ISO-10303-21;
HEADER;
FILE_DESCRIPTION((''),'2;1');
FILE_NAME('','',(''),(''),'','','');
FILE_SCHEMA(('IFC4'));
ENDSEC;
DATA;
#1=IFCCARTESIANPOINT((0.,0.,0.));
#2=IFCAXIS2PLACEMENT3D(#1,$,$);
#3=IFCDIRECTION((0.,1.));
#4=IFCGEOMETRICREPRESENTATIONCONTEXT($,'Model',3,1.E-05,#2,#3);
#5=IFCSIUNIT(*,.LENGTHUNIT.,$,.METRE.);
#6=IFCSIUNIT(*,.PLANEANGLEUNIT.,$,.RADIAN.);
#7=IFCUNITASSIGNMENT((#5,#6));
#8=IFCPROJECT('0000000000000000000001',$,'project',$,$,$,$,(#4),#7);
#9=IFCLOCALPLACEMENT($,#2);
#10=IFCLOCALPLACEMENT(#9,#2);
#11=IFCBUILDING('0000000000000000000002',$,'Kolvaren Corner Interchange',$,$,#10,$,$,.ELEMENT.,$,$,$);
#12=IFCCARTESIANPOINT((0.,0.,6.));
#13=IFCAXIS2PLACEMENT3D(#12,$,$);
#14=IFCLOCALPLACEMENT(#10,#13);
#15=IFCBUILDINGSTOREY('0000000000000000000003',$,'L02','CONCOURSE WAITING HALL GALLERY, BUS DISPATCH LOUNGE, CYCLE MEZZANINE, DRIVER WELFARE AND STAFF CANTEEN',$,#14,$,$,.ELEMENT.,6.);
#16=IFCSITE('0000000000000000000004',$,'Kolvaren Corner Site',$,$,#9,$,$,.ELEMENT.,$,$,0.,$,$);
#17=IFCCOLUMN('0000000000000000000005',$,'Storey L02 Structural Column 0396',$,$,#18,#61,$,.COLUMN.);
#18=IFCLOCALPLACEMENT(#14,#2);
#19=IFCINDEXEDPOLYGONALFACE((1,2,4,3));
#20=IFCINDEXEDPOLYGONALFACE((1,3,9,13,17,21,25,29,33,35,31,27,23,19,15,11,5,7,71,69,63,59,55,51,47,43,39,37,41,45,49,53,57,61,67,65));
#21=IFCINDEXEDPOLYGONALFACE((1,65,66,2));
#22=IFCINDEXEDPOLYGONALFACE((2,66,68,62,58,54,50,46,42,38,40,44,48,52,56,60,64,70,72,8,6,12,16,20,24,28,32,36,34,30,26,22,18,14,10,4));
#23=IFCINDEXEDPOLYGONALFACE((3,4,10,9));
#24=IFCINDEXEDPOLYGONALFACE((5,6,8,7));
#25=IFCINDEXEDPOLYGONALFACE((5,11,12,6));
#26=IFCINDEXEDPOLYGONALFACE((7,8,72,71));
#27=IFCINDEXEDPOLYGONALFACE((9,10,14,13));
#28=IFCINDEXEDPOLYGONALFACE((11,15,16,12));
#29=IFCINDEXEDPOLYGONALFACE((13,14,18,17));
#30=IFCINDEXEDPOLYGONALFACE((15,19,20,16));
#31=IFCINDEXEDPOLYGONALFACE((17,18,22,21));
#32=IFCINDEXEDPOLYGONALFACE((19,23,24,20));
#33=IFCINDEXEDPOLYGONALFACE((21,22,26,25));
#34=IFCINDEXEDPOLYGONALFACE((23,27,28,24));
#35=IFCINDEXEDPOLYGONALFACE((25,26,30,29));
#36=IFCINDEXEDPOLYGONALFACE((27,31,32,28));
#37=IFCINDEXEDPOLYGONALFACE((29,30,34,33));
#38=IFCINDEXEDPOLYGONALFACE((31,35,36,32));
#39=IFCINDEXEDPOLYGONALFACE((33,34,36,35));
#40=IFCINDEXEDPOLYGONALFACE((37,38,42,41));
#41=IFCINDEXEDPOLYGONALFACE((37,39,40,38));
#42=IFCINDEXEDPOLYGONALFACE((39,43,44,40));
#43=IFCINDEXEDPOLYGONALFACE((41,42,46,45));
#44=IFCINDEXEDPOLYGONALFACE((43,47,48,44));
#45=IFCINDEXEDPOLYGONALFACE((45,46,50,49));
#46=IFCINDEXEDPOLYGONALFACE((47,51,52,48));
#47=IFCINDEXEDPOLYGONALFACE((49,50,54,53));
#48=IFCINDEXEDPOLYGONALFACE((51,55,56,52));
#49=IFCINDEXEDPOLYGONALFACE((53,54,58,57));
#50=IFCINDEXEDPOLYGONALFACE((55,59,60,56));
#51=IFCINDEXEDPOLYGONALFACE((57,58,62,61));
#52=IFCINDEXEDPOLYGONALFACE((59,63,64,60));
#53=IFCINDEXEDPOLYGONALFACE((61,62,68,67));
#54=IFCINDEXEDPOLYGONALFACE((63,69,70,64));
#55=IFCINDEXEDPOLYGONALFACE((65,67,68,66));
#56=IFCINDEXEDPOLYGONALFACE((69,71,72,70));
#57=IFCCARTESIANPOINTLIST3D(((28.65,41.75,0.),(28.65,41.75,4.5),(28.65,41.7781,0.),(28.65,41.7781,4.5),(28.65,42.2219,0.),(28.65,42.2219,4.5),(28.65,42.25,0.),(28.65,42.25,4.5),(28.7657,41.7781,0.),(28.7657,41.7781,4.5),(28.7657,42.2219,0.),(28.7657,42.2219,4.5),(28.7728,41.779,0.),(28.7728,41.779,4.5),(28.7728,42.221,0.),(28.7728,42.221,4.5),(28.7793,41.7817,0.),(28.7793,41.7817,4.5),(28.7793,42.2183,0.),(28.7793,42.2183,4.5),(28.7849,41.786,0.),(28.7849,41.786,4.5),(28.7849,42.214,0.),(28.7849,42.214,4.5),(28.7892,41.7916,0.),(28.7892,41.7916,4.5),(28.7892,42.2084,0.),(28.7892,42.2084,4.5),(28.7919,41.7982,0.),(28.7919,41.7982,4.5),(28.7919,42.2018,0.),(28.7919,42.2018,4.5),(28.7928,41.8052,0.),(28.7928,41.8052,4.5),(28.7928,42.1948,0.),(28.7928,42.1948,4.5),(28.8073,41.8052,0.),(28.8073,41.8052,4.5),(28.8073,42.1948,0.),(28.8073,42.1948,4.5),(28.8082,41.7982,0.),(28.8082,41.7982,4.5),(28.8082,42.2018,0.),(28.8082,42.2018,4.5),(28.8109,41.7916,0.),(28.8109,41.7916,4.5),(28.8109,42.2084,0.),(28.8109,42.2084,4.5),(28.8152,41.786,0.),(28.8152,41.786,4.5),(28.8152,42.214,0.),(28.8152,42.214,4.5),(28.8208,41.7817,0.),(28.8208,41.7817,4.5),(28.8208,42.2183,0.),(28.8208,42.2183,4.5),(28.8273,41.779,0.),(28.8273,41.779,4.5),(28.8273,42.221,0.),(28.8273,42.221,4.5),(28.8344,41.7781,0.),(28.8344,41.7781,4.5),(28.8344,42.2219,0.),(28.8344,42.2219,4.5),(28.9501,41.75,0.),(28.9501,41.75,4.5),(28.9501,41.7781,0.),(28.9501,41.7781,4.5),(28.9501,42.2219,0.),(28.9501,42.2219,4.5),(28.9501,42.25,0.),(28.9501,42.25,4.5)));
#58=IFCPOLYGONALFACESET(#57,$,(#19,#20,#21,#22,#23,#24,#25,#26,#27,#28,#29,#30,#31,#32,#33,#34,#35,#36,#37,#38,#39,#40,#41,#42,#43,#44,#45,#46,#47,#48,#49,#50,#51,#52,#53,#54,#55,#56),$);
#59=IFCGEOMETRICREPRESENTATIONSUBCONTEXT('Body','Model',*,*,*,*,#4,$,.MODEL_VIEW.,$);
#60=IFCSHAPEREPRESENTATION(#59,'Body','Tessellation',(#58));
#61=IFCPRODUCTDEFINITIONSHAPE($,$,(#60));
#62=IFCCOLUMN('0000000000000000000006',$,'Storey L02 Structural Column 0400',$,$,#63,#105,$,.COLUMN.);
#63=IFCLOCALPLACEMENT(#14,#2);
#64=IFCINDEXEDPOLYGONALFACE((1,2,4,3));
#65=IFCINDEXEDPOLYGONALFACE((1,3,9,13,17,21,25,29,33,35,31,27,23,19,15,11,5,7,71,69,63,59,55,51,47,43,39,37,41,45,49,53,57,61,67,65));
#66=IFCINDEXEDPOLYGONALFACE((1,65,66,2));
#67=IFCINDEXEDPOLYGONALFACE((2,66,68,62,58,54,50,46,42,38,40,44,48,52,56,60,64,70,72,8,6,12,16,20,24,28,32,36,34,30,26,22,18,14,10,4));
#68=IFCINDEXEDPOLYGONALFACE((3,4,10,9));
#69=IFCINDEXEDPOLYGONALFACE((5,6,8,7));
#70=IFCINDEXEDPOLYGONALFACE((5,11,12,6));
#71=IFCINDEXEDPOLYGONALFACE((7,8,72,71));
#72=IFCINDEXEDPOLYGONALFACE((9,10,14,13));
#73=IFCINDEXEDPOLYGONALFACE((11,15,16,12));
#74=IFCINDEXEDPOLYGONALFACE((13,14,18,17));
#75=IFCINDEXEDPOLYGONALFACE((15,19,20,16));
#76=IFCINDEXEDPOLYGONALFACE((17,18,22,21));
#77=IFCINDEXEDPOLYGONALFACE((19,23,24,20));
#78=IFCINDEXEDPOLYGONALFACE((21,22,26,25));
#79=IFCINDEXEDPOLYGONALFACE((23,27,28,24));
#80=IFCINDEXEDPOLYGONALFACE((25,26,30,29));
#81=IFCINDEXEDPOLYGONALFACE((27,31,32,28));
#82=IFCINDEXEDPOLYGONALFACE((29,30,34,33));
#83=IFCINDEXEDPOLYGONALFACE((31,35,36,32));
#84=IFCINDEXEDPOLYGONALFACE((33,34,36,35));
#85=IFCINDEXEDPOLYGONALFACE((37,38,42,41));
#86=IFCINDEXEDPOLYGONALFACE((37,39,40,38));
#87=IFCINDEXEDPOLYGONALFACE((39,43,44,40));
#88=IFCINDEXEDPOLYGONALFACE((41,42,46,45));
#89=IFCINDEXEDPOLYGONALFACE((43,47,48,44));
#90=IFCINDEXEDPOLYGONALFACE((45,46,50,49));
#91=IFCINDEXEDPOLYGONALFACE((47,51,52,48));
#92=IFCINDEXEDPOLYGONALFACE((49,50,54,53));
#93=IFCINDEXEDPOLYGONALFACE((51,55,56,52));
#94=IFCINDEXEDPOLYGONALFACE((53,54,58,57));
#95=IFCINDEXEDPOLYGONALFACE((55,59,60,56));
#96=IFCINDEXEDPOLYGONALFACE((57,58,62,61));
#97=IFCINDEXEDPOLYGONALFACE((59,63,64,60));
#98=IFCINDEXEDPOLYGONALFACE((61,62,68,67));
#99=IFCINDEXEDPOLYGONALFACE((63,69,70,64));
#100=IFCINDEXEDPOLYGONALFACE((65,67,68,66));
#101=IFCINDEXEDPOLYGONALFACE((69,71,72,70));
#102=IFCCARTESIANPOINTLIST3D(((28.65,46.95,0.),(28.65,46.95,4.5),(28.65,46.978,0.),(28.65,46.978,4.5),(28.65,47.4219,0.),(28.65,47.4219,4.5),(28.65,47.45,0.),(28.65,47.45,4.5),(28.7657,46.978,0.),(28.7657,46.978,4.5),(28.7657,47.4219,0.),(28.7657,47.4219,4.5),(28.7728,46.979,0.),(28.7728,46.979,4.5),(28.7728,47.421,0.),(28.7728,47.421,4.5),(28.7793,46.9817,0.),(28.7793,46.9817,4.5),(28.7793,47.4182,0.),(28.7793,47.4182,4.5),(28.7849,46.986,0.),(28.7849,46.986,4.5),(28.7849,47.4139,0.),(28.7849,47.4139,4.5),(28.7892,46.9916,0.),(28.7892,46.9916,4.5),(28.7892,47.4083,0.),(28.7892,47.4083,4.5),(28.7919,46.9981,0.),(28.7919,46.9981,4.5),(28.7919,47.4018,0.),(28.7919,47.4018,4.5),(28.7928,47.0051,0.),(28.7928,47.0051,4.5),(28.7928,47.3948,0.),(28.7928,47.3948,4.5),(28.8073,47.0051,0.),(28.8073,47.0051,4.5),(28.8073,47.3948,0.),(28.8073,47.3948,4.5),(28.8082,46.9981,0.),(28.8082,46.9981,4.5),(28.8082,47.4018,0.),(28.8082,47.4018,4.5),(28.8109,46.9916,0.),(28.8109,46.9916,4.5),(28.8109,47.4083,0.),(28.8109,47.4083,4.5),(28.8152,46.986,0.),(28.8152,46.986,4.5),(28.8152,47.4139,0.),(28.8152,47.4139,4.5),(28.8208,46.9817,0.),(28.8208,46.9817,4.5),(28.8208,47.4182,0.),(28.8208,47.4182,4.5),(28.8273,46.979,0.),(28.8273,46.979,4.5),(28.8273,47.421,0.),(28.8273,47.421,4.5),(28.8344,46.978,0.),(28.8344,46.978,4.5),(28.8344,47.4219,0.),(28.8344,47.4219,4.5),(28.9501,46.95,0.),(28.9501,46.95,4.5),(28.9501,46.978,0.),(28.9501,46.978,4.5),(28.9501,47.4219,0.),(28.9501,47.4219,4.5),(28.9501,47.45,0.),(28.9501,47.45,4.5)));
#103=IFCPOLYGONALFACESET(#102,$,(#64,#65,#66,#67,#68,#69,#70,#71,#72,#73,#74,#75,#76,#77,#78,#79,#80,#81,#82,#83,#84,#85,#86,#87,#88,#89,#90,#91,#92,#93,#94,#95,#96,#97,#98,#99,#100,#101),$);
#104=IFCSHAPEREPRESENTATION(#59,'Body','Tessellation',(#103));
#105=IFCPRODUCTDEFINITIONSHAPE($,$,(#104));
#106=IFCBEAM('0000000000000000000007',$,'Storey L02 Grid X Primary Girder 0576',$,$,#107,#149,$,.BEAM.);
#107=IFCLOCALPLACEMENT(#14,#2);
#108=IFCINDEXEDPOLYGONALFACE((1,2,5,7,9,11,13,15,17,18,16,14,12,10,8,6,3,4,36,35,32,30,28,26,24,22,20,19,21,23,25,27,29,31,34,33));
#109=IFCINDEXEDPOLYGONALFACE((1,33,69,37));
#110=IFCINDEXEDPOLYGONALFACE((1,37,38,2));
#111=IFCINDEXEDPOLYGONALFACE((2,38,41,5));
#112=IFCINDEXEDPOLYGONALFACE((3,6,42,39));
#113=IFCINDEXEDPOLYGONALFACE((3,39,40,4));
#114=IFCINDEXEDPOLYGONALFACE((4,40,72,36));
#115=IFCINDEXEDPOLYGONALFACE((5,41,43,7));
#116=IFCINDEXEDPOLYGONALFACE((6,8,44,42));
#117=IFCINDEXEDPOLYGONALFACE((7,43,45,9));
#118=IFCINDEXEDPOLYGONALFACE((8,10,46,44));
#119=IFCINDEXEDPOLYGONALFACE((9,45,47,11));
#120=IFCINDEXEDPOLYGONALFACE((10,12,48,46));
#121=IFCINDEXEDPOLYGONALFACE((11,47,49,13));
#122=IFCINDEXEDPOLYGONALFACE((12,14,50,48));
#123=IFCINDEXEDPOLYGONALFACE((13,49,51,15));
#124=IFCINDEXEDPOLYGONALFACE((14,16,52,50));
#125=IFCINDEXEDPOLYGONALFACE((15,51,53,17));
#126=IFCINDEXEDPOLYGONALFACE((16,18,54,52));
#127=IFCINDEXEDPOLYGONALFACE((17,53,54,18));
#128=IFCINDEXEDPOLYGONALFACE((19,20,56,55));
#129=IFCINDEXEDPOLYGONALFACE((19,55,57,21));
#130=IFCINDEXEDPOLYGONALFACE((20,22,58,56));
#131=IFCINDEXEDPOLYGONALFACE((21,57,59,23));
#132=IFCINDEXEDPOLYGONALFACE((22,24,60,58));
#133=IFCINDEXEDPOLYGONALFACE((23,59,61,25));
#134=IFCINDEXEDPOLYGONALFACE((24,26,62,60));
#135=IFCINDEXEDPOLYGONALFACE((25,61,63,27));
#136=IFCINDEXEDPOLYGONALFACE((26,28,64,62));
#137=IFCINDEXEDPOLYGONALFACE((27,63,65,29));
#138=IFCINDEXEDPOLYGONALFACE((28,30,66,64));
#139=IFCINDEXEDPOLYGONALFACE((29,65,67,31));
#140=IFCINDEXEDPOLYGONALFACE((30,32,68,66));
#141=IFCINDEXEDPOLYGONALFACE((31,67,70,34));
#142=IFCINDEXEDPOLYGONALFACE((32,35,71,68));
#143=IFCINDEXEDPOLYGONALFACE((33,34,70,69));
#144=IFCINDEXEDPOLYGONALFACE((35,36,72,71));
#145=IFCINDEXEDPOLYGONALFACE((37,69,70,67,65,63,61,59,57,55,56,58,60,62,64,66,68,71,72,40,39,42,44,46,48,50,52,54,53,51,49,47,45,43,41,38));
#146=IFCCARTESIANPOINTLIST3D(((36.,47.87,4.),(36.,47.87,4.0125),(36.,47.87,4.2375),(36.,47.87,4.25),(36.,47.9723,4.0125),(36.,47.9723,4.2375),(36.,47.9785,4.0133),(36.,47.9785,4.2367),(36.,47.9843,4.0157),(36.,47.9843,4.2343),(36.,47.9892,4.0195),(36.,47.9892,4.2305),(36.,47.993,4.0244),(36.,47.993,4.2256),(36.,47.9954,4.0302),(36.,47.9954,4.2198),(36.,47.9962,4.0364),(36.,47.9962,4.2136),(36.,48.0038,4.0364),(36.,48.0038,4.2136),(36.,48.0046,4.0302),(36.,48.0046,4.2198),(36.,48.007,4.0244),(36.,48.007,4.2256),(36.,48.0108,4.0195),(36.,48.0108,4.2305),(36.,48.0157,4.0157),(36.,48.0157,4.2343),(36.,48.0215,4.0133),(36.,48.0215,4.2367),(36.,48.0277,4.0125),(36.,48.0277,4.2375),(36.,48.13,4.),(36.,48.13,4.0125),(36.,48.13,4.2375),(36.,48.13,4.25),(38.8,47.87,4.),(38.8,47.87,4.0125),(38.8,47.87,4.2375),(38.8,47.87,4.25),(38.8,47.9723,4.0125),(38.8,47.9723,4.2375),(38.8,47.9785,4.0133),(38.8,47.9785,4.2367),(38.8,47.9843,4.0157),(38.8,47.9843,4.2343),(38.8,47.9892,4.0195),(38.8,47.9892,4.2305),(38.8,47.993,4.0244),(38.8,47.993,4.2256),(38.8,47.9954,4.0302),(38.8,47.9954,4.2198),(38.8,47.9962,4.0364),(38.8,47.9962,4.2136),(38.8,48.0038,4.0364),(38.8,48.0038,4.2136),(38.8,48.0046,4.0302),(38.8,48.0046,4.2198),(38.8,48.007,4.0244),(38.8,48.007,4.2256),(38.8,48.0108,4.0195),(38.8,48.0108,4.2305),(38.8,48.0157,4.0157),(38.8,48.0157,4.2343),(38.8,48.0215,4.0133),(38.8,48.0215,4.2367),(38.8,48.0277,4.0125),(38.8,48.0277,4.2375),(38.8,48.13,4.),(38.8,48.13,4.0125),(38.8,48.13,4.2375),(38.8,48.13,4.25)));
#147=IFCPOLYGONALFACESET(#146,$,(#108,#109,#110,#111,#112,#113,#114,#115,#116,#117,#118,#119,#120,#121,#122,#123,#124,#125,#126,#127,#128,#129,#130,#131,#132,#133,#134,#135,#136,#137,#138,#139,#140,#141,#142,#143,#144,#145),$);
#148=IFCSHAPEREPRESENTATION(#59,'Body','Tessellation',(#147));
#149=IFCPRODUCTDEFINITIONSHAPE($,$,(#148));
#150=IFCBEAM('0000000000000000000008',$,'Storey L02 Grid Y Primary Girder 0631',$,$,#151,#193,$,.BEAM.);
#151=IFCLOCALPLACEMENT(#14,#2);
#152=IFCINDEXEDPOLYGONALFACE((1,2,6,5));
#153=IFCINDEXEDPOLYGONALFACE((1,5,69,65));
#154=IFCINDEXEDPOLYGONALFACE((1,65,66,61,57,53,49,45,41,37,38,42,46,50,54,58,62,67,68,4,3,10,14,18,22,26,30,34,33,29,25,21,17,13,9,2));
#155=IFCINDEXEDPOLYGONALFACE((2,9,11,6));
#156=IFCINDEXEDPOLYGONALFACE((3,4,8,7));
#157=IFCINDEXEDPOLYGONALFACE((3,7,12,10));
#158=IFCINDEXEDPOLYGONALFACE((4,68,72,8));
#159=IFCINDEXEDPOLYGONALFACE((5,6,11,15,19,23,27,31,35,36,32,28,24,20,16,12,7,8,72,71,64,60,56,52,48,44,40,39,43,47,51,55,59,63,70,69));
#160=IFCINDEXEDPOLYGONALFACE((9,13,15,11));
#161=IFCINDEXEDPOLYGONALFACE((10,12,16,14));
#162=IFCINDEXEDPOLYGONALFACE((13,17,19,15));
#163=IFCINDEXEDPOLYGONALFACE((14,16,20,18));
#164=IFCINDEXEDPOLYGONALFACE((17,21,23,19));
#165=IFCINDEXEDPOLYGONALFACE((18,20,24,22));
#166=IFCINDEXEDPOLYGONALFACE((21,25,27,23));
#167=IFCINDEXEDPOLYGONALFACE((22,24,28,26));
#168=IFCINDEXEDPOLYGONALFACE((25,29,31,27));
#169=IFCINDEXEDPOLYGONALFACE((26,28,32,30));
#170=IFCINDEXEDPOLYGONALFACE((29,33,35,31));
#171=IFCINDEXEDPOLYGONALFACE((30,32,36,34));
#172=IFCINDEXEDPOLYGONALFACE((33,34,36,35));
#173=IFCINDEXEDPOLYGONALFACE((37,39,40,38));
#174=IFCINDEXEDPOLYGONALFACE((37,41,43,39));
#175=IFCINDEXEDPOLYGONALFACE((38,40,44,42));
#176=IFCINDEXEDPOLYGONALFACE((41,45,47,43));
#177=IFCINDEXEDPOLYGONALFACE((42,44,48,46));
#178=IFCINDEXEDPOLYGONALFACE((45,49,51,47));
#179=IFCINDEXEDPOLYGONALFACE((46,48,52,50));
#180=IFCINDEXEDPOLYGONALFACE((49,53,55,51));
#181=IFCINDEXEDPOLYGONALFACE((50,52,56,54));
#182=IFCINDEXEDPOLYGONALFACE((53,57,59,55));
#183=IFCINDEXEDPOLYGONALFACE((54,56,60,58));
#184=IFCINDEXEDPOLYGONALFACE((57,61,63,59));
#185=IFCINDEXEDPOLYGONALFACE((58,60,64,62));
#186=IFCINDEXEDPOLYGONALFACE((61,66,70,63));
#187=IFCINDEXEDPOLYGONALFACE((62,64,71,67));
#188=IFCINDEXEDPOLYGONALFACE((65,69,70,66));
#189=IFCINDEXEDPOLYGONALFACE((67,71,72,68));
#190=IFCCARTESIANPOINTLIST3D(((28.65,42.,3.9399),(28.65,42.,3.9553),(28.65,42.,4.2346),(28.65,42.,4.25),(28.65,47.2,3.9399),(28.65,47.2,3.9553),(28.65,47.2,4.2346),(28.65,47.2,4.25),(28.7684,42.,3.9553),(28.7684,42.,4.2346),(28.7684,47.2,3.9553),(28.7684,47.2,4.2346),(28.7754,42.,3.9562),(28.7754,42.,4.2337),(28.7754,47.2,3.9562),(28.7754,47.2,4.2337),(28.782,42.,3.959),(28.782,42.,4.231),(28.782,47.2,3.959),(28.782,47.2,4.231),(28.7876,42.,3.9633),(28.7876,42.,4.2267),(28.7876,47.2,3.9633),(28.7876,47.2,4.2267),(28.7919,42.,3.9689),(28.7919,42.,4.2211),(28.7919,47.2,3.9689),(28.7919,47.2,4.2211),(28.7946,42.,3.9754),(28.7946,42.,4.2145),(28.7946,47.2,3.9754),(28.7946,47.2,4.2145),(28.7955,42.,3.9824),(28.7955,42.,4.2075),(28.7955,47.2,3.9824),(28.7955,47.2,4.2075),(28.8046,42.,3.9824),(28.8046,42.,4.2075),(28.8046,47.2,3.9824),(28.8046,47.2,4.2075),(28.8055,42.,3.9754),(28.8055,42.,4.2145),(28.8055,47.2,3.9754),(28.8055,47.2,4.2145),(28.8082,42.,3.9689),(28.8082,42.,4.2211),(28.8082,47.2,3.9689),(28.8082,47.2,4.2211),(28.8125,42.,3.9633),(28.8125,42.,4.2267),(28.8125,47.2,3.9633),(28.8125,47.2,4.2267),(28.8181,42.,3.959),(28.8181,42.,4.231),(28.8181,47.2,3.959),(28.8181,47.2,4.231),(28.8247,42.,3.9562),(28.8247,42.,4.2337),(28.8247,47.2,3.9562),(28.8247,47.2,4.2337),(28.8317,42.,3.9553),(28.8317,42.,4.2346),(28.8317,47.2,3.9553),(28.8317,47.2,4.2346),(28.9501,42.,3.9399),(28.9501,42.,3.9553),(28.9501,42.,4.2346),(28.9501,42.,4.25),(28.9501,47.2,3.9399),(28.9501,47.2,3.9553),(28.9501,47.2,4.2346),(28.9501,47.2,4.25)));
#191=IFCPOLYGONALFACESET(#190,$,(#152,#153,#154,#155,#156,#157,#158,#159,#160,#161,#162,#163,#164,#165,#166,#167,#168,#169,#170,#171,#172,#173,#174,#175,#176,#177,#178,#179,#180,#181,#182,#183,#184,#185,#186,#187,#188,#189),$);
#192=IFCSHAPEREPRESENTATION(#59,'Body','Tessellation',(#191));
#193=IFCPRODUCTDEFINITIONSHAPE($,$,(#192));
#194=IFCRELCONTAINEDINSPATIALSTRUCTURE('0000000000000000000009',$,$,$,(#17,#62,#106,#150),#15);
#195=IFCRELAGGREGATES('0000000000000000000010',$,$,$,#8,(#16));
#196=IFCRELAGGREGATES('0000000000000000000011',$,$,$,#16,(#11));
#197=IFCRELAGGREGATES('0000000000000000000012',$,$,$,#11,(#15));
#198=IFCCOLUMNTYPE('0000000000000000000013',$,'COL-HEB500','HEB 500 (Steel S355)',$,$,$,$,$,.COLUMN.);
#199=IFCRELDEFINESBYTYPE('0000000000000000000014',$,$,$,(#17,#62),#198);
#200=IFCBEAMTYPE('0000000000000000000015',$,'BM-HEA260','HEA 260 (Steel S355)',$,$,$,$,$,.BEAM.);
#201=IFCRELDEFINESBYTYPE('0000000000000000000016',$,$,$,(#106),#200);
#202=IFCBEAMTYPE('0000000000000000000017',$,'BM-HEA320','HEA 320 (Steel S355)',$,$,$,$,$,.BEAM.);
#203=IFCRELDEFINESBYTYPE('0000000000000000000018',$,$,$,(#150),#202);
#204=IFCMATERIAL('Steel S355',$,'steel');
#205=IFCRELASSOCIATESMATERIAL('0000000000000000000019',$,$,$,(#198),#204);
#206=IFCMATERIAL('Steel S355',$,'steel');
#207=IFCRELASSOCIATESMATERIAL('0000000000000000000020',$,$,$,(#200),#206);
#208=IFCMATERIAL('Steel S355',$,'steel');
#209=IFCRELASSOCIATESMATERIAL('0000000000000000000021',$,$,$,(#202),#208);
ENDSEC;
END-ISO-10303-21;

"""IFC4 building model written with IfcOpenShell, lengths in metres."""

from ifc_helpers import new_model, si_unit, direction, frame, origin, origin_2d, place, context, subcontext, project, spatial, i_section, extrude, material, material_profile, profile_set, type_object, element, save


model = new_model("IFC4")

# Units and contexts
model_context = context("Model", 3, precision=1e-05, world=origin(), true_north=direction((0.0, 1.0)))
body_context = subcontext(model_context, "Body", "Model", "MODEL_VIEW")
ifc_project = project(units=[si_unit("LENGTHUNIT", "METRE"), si_unit("PLANEANGLEUNIT", "RADIAN")], contexts=[model_context])

# Site, building, storey
site_placement = place(None, origin())
site = spatial("IfcSite", under=ifc_project, at=site_placement, Name="Kolvaren Corner Site", CompositionType="ELEMENT", RefElevation=0.0)
building_placement = place(site_placement, origin())
building = spatial("IfcBuilding", under=site, at=building_placement, Name="Kolvaren Corner Interchange", CompositionType="ELEMENT")
storey_placement = place(building_placement, frame((0.0, 0.0, 6.0)))
storey = spatial("IfcBuildingStorey", under=building, at=storey_placement, Name="L02", Description="CONCOURSE WAITING HALL GALLERY, BUS DISPATCH LOUNGE, CYCLE MEZZANINE, DRIVER WELFARE AND STAFF CANTEEN", CompositionType="ELEMENT", Elevation=6.0)

# Columns
ifc_material_1 = material(Name="Steel S355", Category="steel")
ifc_material_profile_1 = material_profile(ifc_material_1, i_section(OverallWidth=0.3, OverallDepth=0.5, WebThickness=0.0144, FlangeThickness=0.0281, FilletRadius=0.0271, at=origin_2d()), Name="HEB 500")
ifc_profile_set_1 = profile_set([ifc_material_profile_1], Name="Steel S355")
column_type_1 = type_object("IfcColumnType", Name="COL-HEB500", Description="HEB 500 (Steel S355)", PredefinedType="COLUMN", material=ifc_profile_set_1)
for number, where, z_axis, x_axis, name in (
    (1, (28.8, 42.0, 0.0), (0.0, 0.0, 1.0), (1.0, 0.0, 0.0), "Storey L02 Structural Column 0396"),
    (2, (28.8, 47.2, 0.0), (0.0, 0.0, 1.0), (1.0, 0.0, 0.0), "Storey L02 Structural Column 0400"),
):
    element("IfcColumn", number, at=place(storey_placement, frame(where, z_axis=z_axis, x_axis=x_axis)), inside=storey, type_object=column_type_1, Name=name, PredefinedType="COLUMN", context=body_context, shape_type="SweptSolid", body=[
        extrude(i_section(OverallWidth=0.3, OverallDepth=0.5, WebThickness=0.0144, FlangeThickness=0.0281, FilletRadius=0.0271, at=origin_2d()), origin(), (0.0, 0.0, 1.0), 4.5),
    ])

# Beams
ifc_material_2 = material(Name="Steel S355", Category="steel")
ifc_material_profile_2 = material_profile(ifc_material_2, i_section(OverallWidth=0.26, OverallDepth=0.25, WebThickness=0.0076, FlangeThickness=0.0125, FilletRadius=0.0239, at=origin_2d()), Name="HEA 260")
ifc_profile_set_2 = profile_set([ifc_material_profile_2], Name="Steel S355")
beam_type_1 = type_object("IfcBeamType", Name="BM-HEA260", Description="HEA 260 (Steel S355)", PredefinedType="BEAM", material=ifc_profile_set_2)
beam_1_placement = place(storey_placement, frame((36.0, 48.0, 4.125), z_axis=(1.0, 0.0, 0.0), x_axis=(0.0, 1.0, 0.0)))
element("IfcBeam", 3, at=beam_1_placement, inside=storey, type_object=beam_type_1, Name="Storey L02 Grid X Primary Girder 0576", PredefinedType="BEAM", context=body_context, shape_type="SweptSolid", body=[
    extrude(i_section(OverallWidth=0.26, OverallDepth=0.25, WebThickness=0.0076, FlangeThickness=0.0125, FilletRadius=0.0239, at=origin_2d()), origin(), (0.0, 0.0, 1.0), 2.8),
])
ifc_material_3 = material(Name="Steel S355", Category="steel")
ifc_material_profile_3 = material_profile(ifc_material_3, i_section(OverallWidth=0.3, OverallDepth=0.3101, WebThickness=0.009, FlangeThickness=0.0154, FilletRadius=0.0271, at=origin_2d()), Name="HEA 320")
ifc_profile_set_3 = profile_set([ifc_material_profile_3], Name="Steel S355")
beam_type_2 = type_object("IfcBeamType", Name="BM-HEA320", Description="HEA 320 (Steel S355)", PredefinedType="BEAM", material=ifc_profile_set_3)
beam_2_placement = place(storey_placement, frame((28.8, 42.0, 4.095), z_axis=(0.0, 1.0, 0.0), x_axis=(-1.0, 0.0, 0.0)))
element("IfcBeam", 4, at=beam_2_placement, inside=storey, type_object=beam_type_2, Name="Storey L02 Grid Y Primary Girder 0631", PredefinedType="BEAM", context=body_context, shape_type="SweptSolid", body=[
    extrude(i_section(OverallWidth=0.3, OverallDepth=0.3101, WebThickness=0.009, FlangeThickness=0.0154, FilletRadius=0.0271, at=origin_2d()), origin(), (0.0, 0.0, 1.0), 5.2),
])

save(model, "model.ifc")
